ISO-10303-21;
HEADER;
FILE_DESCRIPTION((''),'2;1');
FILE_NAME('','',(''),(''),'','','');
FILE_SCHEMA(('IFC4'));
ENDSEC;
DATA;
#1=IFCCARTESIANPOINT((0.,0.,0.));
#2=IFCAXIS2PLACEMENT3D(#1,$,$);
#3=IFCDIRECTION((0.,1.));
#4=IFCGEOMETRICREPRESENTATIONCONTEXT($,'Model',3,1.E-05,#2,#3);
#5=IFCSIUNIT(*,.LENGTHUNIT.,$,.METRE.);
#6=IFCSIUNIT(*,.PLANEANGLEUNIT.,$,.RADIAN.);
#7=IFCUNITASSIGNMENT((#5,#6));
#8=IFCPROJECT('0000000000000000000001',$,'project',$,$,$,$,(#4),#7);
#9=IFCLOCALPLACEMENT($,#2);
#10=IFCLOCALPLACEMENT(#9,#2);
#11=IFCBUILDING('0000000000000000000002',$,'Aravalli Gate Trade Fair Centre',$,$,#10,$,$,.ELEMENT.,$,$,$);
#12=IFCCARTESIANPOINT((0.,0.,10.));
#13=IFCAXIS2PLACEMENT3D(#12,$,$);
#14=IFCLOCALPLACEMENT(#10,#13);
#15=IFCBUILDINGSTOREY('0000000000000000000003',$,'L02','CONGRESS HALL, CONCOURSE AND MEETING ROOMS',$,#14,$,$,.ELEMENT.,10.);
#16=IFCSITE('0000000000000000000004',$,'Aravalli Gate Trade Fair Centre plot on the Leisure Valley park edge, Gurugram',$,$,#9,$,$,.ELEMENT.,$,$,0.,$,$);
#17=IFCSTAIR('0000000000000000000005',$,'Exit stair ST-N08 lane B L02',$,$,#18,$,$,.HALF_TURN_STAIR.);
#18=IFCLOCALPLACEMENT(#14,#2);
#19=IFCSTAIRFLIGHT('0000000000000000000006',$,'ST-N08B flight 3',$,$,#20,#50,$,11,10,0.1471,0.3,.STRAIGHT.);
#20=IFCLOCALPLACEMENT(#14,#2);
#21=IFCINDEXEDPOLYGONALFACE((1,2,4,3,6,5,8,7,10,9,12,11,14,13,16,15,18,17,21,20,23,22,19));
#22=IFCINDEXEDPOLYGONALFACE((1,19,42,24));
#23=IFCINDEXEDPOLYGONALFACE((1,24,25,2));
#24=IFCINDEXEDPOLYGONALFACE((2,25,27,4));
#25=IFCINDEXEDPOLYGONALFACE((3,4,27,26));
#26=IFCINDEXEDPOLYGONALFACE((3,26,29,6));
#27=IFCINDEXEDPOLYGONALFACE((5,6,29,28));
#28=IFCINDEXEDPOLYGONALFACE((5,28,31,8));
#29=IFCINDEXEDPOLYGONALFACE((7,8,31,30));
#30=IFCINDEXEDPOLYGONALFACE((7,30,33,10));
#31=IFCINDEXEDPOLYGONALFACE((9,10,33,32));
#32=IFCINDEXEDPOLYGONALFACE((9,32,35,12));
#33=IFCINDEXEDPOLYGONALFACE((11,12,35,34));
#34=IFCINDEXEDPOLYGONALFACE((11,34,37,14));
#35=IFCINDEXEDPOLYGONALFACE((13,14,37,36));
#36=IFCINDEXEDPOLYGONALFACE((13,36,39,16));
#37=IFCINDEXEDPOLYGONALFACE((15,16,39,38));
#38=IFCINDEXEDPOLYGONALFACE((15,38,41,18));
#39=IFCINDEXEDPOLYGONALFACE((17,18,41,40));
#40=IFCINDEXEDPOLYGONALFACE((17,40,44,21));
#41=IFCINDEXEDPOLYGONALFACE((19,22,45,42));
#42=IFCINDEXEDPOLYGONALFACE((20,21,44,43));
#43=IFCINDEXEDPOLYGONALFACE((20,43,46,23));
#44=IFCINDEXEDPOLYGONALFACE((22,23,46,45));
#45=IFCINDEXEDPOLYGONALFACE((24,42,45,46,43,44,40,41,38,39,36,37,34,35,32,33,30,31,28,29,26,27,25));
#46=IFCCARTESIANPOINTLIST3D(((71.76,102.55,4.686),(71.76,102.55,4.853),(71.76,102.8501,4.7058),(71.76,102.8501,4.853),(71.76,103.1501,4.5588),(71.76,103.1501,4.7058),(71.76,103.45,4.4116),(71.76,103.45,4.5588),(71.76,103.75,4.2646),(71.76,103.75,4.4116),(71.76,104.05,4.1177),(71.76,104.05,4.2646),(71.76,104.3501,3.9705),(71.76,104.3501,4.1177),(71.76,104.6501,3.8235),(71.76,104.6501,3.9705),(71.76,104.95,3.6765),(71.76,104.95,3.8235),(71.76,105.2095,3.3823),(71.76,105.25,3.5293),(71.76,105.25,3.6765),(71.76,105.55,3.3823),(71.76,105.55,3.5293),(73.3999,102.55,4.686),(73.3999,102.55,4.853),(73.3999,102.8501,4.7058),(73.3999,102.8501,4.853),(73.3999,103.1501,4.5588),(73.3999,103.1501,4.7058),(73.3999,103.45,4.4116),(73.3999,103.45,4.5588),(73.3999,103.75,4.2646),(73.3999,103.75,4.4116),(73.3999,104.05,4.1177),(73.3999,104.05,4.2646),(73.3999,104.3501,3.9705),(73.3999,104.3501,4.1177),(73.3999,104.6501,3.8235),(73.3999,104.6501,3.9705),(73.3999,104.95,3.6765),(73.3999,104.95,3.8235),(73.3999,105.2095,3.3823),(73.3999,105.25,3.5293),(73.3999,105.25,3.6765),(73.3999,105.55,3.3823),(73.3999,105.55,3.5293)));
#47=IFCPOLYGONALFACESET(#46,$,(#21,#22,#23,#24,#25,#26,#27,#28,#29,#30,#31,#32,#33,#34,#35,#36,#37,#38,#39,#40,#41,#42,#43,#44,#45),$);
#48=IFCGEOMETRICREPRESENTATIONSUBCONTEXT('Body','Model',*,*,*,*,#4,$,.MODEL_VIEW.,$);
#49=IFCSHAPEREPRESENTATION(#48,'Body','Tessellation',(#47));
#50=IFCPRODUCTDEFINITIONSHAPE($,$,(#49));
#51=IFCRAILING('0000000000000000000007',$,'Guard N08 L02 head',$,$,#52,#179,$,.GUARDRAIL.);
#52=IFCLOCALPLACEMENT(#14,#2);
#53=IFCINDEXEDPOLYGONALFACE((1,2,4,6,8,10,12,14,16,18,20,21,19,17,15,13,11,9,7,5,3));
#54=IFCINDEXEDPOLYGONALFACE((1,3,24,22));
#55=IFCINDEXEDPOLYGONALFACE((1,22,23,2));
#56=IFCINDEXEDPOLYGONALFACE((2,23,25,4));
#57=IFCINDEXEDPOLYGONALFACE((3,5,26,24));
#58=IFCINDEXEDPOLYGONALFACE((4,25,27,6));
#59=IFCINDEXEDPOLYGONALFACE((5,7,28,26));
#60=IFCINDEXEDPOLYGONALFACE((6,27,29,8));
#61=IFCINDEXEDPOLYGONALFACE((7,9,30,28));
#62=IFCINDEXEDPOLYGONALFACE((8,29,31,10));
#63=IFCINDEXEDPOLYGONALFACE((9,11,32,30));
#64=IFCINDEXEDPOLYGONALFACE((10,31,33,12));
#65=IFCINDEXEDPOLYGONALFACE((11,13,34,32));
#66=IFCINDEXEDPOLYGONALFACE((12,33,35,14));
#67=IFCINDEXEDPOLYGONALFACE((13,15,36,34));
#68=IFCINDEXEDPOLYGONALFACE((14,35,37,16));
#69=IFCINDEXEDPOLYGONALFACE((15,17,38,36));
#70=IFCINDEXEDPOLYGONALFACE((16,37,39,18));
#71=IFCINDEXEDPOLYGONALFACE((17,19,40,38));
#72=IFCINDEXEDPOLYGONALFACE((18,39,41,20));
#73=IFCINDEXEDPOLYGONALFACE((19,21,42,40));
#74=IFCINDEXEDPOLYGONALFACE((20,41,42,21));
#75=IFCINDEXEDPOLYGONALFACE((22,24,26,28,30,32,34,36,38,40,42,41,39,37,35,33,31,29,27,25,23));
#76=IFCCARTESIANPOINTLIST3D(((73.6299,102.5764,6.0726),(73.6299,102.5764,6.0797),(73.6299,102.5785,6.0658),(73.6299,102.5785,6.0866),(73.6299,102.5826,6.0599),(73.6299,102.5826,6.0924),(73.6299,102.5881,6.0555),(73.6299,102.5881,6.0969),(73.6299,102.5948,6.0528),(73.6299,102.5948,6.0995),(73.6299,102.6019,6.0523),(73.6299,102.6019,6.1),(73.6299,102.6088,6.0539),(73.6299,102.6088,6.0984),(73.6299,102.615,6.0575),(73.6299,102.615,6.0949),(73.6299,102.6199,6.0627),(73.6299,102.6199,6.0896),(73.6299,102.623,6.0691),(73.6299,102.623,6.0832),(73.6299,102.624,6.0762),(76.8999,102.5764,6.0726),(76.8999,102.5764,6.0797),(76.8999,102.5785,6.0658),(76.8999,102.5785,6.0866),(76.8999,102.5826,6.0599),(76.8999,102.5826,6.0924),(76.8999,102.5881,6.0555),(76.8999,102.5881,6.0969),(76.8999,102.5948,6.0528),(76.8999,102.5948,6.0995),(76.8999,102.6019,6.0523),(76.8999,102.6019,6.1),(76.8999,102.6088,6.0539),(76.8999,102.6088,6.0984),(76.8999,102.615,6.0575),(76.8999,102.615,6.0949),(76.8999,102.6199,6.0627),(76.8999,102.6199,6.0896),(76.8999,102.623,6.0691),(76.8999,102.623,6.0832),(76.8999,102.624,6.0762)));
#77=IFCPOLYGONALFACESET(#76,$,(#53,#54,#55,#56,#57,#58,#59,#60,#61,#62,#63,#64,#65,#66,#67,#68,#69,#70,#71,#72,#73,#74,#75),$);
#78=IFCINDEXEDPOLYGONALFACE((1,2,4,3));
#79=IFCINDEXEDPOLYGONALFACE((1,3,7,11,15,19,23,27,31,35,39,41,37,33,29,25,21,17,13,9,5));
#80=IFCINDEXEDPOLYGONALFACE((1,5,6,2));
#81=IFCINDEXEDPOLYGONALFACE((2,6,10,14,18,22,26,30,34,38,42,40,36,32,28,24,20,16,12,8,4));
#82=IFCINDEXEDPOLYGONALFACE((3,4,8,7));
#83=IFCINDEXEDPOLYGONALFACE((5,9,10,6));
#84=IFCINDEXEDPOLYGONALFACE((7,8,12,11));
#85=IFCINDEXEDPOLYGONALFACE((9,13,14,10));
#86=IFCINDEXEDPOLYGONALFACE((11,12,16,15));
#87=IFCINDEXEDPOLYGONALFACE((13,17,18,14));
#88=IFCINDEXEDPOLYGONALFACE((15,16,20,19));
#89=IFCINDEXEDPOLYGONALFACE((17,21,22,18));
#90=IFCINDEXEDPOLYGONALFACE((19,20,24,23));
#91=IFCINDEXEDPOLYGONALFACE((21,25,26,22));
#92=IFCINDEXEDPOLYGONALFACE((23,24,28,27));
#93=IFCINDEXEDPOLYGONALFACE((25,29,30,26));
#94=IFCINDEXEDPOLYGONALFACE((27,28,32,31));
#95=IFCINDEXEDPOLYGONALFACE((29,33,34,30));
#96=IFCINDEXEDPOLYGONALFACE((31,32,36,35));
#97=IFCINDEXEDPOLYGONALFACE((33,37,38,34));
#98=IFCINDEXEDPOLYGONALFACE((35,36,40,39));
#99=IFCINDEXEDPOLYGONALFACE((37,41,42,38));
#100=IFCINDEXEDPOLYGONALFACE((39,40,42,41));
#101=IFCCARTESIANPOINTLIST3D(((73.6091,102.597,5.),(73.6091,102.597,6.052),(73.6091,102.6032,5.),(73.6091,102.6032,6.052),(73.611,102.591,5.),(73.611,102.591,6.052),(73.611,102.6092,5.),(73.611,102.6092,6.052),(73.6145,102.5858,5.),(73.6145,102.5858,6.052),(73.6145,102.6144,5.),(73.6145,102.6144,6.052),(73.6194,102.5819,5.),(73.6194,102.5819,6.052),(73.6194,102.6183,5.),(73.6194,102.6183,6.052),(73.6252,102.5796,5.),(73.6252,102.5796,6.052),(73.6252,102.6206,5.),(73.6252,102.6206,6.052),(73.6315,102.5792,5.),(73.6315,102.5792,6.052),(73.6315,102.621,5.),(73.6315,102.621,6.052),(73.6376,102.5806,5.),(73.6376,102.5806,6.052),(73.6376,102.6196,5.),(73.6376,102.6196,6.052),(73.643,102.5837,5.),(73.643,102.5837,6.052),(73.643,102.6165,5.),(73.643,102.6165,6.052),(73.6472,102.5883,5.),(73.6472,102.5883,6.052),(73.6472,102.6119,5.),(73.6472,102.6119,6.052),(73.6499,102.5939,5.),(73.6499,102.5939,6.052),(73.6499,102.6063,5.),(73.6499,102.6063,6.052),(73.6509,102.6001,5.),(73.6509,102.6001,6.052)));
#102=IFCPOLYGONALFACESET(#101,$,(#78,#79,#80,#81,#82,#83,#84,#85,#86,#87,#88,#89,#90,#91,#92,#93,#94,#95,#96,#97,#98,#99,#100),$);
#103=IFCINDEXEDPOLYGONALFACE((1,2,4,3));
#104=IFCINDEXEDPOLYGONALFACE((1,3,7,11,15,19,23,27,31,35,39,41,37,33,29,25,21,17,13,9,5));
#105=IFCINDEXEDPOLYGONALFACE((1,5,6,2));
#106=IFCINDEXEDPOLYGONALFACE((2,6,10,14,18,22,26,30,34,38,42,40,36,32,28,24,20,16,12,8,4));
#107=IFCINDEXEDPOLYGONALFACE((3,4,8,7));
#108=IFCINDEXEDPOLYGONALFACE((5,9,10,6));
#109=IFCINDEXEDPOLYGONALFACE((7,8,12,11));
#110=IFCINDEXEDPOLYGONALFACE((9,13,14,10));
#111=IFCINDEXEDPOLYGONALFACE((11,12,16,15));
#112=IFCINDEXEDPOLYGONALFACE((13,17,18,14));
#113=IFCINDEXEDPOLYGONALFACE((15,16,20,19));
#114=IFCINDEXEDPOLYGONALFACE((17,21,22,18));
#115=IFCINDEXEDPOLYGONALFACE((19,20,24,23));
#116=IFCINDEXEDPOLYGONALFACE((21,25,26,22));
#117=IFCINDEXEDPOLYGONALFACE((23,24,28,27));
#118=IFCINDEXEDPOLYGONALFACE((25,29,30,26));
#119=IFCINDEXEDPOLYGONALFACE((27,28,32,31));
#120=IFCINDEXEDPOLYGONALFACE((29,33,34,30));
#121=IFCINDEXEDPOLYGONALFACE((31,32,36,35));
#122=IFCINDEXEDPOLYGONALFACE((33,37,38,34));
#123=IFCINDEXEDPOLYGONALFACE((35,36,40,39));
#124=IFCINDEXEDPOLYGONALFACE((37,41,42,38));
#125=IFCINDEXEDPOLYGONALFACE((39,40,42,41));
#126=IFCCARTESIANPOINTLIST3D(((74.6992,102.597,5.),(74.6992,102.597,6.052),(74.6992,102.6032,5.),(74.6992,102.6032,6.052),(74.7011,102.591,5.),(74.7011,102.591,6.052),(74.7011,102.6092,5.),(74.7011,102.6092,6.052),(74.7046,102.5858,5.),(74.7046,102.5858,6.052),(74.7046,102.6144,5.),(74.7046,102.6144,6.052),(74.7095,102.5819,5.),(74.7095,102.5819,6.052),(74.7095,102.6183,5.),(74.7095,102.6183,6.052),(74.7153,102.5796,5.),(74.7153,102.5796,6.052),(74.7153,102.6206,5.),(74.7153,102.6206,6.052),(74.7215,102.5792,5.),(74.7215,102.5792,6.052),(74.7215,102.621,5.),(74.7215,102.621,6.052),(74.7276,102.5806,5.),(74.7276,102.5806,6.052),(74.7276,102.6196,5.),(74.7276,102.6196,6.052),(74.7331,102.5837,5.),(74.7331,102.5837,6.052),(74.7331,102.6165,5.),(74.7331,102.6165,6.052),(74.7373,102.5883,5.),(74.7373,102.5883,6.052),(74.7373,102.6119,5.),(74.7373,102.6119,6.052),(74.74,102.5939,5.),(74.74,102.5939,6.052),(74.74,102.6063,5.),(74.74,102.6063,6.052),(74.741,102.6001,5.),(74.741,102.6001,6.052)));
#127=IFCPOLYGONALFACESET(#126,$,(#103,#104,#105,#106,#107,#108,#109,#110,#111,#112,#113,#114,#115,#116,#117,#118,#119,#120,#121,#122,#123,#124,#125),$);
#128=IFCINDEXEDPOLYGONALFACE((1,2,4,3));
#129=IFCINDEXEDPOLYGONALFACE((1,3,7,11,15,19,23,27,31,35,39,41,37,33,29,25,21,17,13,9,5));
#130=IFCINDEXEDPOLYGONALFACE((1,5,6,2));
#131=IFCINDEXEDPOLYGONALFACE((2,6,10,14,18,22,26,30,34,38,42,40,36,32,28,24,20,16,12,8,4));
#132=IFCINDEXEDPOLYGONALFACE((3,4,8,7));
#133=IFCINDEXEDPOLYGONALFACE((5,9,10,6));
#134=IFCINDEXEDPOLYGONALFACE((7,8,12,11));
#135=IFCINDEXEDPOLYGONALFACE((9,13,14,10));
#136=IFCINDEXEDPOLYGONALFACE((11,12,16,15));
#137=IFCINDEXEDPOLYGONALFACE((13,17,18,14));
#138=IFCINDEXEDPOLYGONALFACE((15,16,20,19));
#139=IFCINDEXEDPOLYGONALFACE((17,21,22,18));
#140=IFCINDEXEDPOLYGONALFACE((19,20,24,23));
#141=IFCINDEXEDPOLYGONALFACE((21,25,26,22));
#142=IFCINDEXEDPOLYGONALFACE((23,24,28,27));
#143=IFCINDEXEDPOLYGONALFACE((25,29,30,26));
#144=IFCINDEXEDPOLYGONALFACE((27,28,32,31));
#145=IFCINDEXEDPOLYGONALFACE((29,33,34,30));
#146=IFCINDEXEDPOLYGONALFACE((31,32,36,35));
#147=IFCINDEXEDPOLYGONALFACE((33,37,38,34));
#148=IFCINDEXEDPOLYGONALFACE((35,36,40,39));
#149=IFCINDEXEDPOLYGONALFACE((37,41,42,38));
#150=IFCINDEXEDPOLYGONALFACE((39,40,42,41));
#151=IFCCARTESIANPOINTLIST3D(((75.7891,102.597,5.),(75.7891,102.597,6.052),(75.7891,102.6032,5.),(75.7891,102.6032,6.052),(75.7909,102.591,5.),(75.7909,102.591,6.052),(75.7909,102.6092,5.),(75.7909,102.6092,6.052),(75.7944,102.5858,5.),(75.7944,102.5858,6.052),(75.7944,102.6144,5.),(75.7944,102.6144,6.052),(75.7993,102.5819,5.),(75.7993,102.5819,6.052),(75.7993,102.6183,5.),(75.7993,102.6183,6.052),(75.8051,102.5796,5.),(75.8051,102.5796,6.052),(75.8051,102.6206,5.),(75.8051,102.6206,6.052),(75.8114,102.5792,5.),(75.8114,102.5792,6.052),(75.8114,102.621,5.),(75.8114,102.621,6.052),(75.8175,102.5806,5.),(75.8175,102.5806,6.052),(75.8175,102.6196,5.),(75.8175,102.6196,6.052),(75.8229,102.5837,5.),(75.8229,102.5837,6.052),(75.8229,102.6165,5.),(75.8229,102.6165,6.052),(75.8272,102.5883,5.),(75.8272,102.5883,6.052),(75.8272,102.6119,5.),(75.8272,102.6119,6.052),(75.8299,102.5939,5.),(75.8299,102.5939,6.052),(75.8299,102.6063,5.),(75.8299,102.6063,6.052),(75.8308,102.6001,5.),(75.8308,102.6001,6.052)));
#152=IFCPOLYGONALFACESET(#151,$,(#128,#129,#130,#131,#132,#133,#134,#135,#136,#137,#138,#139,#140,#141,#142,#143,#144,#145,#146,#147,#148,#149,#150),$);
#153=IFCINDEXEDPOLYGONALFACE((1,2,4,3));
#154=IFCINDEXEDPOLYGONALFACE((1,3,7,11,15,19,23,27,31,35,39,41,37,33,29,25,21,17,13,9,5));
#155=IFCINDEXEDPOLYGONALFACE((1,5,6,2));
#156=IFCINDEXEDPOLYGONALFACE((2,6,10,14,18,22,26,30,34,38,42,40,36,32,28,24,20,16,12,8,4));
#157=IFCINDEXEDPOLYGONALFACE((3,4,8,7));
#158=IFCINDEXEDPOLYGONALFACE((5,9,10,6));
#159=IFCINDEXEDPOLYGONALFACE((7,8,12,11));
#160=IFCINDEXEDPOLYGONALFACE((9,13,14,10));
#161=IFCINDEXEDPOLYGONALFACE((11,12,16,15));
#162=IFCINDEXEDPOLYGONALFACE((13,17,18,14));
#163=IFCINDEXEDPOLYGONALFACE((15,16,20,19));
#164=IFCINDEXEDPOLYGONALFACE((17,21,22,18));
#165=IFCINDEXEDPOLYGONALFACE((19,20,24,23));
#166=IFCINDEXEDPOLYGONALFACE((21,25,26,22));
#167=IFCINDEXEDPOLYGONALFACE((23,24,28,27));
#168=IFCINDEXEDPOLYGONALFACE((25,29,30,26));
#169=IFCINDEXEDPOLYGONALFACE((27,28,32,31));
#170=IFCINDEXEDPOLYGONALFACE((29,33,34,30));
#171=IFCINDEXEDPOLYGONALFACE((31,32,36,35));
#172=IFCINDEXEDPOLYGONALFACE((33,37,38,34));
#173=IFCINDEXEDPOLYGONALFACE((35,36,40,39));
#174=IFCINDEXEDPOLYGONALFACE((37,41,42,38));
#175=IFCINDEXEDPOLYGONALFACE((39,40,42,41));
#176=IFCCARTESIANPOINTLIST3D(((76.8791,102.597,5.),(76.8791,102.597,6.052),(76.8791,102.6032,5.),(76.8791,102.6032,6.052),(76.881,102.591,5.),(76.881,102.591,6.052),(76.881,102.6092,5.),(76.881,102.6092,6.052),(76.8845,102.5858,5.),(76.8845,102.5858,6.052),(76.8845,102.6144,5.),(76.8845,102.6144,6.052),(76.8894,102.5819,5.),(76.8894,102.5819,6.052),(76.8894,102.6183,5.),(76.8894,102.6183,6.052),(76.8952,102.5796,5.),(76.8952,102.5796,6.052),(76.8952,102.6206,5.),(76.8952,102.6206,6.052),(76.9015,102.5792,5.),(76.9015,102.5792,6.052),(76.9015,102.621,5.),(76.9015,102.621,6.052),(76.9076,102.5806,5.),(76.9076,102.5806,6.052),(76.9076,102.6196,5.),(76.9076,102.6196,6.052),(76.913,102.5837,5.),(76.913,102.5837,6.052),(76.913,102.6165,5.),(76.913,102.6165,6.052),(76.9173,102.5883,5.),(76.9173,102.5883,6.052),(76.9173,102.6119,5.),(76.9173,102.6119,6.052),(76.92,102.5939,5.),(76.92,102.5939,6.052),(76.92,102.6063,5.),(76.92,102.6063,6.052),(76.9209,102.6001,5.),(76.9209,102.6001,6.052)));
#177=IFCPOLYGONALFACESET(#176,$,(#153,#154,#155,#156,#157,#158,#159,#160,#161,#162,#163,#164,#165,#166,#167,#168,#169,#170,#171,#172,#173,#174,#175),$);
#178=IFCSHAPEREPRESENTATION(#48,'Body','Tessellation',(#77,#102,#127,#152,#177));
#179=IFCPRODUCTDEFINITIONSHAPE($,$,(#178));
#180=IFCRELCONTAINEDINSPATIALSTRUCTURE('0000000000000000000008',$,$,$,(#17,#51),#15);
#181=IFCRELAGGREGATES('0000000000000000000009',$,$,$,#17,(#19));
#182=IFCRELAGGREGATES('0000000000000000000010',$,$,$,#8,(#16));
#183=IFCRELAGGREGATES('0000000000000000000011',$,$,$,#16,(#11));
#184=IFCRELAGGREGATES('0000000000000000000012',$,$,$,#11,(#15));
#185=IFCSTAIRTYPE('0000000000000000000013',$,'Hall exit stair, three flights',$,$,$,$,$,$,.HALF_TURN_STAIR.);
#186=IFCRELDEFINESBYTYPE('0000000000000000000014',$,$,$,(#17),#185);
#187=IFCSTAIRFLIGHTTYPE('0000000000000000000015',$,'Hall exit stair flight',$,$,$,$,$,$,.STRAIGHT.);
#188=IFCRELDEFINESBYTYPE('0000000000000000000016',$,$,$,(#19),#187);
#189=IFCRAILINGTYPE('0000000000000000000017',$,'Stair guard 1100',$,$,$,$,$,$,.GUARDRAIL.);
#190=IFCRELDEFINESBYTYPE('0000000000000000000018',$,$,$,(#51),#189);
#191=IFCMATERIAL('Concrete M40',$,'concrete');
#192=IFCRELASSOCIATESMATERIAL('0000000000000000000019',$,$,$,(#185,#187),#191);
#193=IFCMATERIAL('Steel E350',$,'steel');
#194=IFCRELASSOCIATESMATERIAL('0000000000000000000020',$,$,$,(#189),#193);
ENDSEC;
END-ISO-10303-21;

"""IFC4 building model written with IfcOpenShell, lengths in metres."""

from ifc_helpers import new_model, si_unit, direction, frame, origin, origin_2d, place, context, subcontext, project, spatial, polyline, circle, outline, extrude, material, type_object, element, aggregate, save


model = new_model("IFC4")

# Units and contexts
model_context = context("Model", 3, precision=1e-05, world=origin(), true_north=direction((0.0, 1.0)))
body_context = subcontext(model_context, "Body", "Model", "MODEL_VIEW")
ifc_project = project(units=[si_unit("LENGTHUNIT", "METRE"), si_unit("PLANEANGLEUNIT", "RADIAN")], contexts=[model_context])

# Site, building, storey
site_placement = place(None, origin())
site = spatial("IfcSite", under=ifc_project, at=site_placement, Name="Aravalli Gate Trade Fair Centre plot on the Leisure Valley park edge, Gurugram", CompositionType="ELEMENT", RefElevation=0.0)
building_placement = place(site_placement, origin())
building = spatial("IfcBuilding", under=site, at=building_placement, Name="Aravalli Gate Trade Fair Centre", CompositionType="ELEMENT")
storey_placement = place(building_placement, frame((0.0, 0.0, 10.0)))
storey = spatial("IfcBuildingStorey", under=building, at=storey_placement, Name="L02", Description="CONGRESS HALL, CONCOURSE AND MEETING ROOMS", CompositionType="ELEMENT", Elevation=10.0)

# Shared definitions
ifc_material_1 = material(Name="Steel E350", Category="steel")

# Shared definitions
ifc_material_2 = material(Name="Concrete M40", Category="concrete")

# Stair, stair flight
stair_type = type_object("IfcStairType", Name="Hall exit stair, three flights", PredefinedType="HALF_TURN_STAIR", material=ifc_material_2)
stair_flight_type = type_object("IfcStairFlightType", Name="Hall exit stair flight", PredefinedType="STRAIGHT", material=ifc_material_2)
stair_1_placement = place(storey_placement, origin())
stair_1 = element("IfcStair", 1, at=stair_1_placement, inside=storey, type_object=stair_type, Name="Exit stair ST-N08 lane B L02", PredefinedType="HALF_TURN_STAIR")
stair_flight_1_placement = place(storey_placement, frame((72.5801, 105.55, 3.3823), z_axis=(0.0, 0.0, 1.0), x_axis=(0.0, -1.0, 0.0)))
stair_flight_1 = element("IfcStairFlight", 2, at=stair_flight_1_placement, type_object=stair_flight_type, Name="ST-N08B flight 3", NumberOfRisers=11, NumberOfTreads=10, PredefinedType="STRAIGHT", RiserHeight=0.1471, TreadLength=0.3, context=body_context, shape_type="SweptSolid", body=[
    extrude(outline(polyline([(0.0, 0.0), (0.0, 0.147), (0.3, 0.147), (0.3, 0.2942), (0.6001, 0.2942), (0.6001, 0.4412), (0.8999, 0.4412), (0.8999, 0.5881), (1.2, 0.5881), (1.2, 0.7354), (1.5, 0.7354), (1.5, 0.8823), (1.8, 0.8823), (1.8, 1.0293), (2.1001, 1.0293), (2.1001, 1.1765), (2.3999, 1.1765), (2.3999, 1.3235), (2.7, 1.3235), (2.7, 1.4707), (3.0, 1.4707), (3.0, 1.6177), (3.0, 1.3037), (0.3406, 0.0), (0.0, 0.0)])), frame((0.0, 0.8198, 0.0), z_axis=(0.0, -1.0, 0.0), x_axis=(1.0, 0.0, 0.0)), (0.0, 0.0, 1.0), 1.6399),
])
aggregate(stair_1, [stair_flight_1])

# Railing
railing_type_1 = type_object("IfcRailingType", Name="Stair guard 1100", PredefinedType="GUARDRAIL", material=ifc_material_1)
railing_placement = place(storey_placement, frame((73.6299, 102.6001, 5.0)))
element("IfcRailing", 3, at=railing_placement, inside=storey, type_object=railing_type_1, Name="Guard N08 L02 head", PredefinedType="GUARDRAIL", context=body_context, shape_type="SweptSolid", body=[
    extrude(circle(Radius=0.0239, at=origin_2d()), frame((0.0, 0.0, 1.0762), z_axis=(1.0, 0.0, 0.0), x_axis=(0.0, 1.0, 0.0)), (0.0, 0.0, 1.0), 3.27),
    extrude(circle(Radius=0.021, at=origin_2d()), origin(), (0.0, 0.0, 1.0), 1.052),
    extrude(circle(Radius=0.021, at=origin_2d()), frame((1.0901, 0.0, 0.0)), (0.0, 0.0, 1.0), 1.052),
    extrude(circle(Radius=0.021, at=origin_2d()), frame((2.1799, 0.0, 0.0)), (0.0, 0.0, 1.0), 1.052),
    extrude(circle(Radius=0.021, at=origin_2d()), frame((3.27, 0.0, 0.0)), (0.0, 0.0, 1.0), 1.052),
])

save(model, "model.ifc")
